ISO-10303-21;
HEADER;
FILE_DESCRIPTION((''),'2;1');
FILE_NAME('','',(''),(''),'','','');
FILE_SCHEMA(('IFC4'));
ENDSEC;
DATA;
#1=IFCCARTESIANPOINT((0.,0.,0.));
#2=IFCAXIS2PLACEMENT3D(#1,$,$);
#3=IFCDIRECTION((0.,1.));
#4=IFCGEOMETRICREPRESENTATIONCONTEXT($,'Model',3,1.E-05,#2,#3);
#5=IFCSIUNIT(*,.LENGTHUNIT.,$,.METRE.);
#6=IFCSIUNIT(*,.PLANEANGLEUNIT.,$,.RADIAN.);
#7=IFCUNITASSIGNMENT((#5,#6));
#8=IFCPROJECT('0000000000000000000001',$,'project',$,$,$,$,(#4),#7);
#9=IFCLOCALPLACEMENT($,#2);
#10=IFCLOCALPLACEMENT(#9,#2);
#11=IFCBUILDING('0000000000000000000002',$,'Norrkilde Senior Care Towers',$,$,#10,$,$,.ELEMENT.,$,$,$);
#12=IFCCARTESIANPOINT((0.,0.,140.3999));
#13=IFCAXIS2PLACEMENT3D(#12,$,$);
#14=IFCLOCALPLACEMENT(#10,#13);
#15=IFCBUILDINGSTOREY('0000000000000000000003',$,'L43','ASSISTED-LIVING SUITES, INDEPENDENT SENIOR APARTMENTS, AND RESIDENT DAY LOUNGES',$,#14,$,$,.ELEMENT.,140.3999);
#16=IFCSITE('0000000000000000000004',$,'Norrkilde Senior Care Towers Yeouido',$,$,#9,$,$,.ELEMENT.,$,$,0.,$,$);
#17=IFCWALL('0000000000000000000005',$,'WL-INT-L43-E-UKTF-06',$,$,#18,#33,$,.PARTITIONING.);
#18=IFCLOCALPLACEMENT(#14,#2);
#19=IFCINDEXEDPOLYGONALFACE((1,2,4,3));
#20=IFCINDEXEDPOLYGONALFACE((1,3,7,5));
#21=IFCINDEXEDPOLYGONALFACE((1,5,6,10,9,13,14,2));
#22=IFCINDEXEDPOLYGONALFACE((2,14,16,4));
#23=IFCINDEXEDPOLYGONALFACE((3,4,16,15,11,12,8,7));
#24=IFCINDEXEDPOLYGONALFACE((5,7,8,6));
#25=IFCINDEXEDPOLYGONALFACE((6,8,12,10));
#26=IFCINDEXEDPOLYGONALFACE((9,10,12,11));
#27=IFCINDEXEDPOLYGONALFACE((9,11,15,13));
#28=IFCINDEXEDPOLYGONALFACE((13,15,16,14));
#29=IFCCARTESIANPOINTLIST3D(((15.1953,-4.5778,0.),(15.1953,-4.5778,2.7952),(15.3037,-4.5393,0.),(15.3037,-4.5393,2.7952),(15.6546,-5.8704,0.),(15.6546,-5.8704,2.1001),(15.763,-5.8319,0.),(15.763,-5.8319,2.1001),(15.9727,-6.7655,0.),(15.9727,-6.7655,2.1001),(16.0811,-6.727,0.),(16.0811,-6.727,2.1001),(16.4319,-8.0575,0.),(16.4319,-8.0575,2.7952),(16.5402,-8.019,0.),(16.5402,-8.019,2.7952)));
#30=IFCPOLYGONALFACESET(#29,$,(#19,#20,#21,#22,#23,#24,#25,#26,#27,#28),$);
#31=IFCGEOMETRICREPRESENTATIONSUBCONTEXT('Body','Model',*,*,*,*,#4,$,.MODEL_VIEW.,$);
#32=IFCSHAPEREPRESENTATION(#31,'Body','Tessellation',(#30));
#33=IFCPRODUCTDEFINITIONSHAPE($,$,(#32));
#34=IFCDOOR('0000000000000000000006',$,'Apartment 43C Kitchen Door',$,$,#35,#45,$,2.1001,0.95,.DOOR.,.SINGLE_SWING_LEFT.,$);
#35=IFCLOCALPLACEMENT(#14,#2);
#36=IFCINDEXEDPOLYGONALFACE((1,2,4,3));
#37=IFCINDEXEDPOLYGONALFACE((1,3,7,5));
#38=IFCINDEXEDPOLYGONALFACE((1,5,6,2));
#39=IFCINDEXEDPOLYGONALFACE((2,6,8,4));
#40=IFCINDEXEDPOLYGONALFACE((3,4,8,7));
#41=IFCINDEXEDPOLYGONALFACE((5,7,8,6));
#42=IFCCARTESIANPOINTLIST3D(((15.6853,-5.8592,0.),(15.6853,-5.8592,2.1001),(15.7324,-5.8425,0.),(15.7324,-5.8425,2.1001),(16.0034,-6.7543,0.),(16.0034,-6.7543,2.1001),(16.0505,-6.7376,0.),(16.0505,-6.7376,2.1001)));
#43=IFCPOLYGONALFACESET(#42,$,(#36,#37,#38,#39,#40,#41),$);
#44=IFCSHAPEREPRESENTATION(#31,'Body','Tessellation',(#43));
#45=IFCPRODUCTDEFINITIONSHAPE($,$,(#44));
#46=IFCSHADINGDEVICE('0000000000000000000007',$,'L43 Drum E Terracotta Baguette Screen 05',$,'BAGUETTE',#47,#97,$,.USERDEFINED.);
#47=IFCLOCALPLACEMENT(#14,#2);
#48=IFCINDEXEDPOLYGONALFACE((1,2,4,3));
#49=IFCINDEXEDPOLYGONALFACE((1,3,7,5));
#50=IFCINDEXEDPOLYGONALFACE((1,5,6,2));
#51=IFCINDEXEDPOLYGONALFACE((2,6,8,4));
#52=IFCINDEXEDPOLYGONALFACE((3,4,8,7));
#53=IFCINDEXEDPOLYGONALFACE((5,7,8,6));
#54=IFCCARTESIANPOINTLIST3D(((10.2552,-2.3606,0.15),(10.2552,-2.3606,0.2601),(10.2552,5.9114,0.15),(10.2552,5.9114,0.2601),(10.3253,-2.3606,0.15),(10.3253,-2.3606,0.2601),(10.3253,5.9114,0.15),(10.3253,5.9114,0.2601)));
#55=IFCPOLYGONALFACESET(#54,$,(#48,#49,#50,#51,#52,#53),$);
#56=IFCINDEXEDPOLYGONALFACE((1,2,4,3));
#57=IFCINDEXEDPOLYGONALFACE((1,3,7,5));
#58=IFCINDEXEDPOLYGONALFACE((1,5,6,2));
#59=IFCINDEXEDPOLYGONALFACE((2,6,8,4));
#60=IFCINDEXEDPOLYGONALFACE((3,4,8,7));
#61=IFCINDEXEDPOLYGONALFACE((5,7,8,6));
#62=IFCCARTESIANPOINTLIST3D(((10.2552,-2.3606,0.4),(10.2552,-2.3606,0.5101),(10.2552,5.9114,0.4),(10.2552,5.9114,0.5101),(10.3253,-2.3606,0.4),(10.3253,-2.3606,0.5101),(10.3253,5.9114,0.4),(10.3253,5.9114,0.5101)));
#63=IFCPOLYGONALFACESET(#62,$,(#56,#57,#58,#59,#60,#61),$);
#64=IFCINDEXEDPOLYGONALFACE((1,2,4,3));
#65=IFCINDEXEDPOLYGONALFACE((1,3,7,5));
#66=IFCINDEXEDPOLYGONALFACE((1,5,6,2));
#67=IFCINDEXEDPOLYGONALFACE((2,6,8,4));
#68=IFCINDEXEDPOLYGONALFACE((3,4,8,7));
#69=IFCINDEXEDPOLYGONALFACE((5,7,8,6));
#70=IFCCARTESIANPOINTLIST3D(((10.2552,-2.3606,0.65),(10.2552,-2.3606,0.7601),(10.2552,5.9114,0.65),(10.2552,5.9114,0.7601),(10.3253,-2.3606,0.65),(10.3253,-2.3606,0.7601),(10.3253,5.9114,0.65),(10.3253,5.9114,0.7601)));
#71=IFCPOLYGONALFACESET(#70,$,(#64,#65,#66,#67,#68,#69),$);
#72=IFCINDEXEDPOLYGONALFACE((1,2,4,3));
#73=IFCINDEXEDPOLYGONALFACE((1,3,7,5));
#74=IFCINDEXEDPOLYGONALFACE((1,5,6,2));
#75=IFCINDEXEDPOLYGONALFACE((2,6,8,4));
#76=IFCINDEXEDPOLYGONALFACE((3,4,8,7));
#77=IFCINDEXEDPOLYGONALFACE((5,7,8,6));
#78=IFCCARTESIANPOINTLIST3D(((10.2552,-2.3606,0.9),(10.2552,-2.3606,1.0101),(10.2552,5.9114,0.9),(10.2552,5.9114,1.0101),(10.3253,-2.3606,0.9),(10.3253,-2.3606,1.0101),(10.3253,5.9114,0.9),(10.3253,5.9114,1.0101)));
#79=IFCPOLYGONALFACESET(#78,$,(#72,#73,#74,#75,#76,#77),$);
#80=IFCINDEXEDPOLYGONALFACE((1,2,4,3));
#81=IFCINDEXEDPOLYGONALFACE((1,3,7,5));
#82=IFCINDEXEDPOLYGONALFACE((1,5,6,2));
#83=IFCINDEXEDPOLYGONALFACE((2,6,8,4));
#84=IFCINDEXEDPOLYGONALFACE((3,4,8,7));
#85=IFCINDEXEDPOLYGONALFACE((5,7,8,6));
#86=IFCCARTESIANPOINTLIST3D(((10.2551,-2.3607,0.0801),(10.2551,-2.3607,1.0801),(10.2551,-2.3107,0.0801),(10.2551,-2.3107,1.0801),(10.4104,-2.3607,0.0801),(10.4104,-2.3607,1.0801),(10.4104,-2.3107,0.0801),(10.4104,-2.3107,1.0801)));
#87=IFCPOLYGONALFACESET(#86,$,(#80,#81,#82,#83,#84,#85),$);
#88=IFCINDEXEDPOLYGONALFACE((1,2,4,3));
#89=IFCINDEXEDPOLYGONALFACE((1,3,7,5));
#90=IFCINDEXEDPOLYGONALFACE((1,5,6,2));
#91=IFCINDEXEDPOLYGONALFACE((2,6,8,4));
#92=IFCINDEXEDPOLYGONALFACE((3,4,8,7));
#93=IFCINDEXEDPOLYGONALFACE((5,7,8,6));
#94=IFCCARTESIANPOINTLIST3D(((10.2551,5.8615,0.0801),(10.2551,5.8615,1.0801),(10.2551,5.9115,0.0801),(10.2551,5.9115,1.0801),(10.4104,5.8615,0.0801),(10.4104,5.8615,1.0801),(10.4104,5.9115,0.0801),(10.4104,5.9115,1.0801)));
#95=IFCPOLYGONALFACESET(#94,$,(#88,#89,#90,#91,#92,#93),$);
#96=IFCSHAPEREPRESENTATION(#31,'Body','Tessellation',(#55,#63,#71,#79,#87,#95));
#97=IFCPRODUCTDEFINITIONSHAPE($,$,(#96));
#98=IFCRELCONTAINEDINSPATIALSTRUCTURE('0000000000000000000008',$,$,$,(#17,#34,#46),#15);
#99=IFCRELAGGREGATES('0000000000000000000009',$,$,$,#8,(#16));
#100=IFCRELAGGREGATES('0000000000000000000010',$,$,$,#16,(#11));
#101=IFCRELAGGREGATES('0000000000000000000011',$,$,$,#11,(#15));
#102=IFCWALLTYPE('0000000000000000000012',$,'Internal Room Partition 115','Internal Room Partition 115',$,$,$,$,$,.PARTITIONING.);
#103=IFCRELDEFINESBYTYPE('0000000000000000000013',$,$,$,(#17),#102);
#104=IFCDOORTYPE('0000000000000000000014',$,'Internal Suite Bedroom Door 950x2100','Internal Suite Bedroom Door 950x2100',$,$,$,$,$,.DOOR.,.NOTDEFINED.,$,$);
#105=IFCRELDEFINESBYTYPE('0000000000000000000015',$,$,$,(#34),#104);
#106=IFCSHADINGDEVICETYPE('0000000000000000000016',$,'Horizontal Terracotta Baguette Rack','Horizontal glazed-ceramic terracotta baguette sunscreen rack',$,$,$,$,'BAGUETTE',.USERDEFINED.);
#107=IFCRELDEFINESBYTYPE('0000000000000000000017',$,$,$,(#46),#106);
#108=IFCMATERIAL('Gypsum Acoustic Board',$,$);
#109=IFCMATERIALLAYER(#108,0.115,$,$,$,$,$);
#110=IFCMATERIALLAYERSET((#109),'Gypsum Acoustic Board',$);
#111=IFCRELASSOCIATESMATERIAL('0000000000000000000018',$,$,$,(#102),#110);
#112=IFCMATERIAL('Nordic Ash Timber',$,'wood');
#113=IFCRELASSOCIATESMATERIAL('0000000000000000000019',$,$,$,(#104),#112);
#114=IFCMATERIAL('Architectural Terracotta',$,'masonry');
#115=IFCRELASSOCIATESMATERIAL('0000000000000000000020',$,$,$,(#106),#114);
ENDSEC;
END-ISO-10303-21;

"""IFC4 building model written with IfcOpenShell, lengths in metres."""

from ifc_helpers import new_model, si_unit, direction, frame, frame_2d, origin, origin_2d, place, context, subcontext, project, spatial, rectangle, extrude, source, transform, mapped, material, layer, layer_set, type_object, type_shapes, element, fill, save


model = new_model("IFC4")

# Units and contexts
model_context = context("Model", 3, precision=1e-05, world=origin(), true_north=direction((0.0, 1.0)))
body_context = subcontext(model_context, "Body", "Model", "MODEL_VIEW")
ifc_project = project(units=[si_unit("LENGTHUNIT", "METRE"), si_unit("PLANEANGLEUNIT", "RADIAN")], contexts=[model_context])

# Site, building, storey
site_placement = place(None, origin())
site = spatial("IfcSite", under=ifc_project, at=site_placement, Name="Norrkilde Senior Care Towers Yeouido", CompositionType="ELEMENT", RefElevation=0.0)
building_placement = place(site_placement, origin())
building = spatial("IfcBuilding", under=site, at=building_placement, Name="Norrkilde Senior Care Towers", CompositionType="ELEMENT")
storey_placement = place(building_placement, frame((0.0, 0.0, 140.3999)))
storey = spatial("IfcBuildingStorey", under=building, at=storey_placement, Name="L43", Description="ASSISTED-LIVING SUITES, INDEPENDENT SENIOR APARTMENTS, AND RESIDENT DAY LOUNGES", CompositionType="ELEMENT", Elevation=140.3999)

# Shared definitions
ifc_material_1 = material(Name="Gypsum Acoustic Board")
ifc_material_2 = material(Name="Nordic Ash Timber", Category="wood")

# Shared definitions
ifc_layer_1 = layer(ifc_material_1, 0.115)
ifc_layer_set_1 = layer_set([ifc_layer_1], Name="Gypsum Acoustic Board")
wall_type_1 = type_object("IfcWallType", Name="Internal Room Partition 115", Description="Internal Room Partition 115", PredefinedType="PARTITIONING", material=ifc_layer_set_1)
door_type_1 = type_object("IfcDoorType", Name="Internal Suite Bedroom Door 950x2100", Description="Internal Suite Bedroom Door 950x2100", OperationType="NOTDEFINED", PredefinedType="DOOR", material=ifc_material_2)
shared_shape_1 = source(origin(), body_context, "Body", "SweptSolid", [
    extrude(rectangle(XDim=0.95, YDim=2.1001, at=frame_2d((0.4751, 1.05))), frame((0.0, 0.0249, 0.0), z_axis=(0.0, -1.0, 0.0), x_axis=(1.0, 0.0, 0.0)), (0.0, 0.0, 1.0), 0.05),
])
type_shapes(door_type_1, [shared_shape_1])

# Wall, opening, door
shared_shape_2 = source(origin(), body_context, "Body", "SweptSolid", [
    extrude(rectangle(XDim=3.6929, YDim=0.115, at=frame_2d((1.8464, 0.0))), origin(), (0.0, 0.0, 1.0), 2.7952),
])
wall_1_placement = place(storey_placement, frame((15.2495, -4.5586, 0.0), z_axis=(0.0, 0.0, 1.0), x_axis=(0.334849, -0.942272, 0.0)))
wall_1 = element("IfcWall", 1, at=wall_1_placement, inside=storey, type_object=wall_type_1, Name="WL-INT-L43-E-UKTF-06", PredefinedType="PARTITIONING", context=body_context, shape_type="MappedRepresentation", body=[
    mapped(shared_shape_2, transform((0.0, 0.0, 0.0), x_axis=(1.0, 0.0, 0.0), y_axis=(0.0, 1.0, 0.0), z_axis=(0.0, 0.0, 1.0), scale=1.0)),
])
opening_1_placement = place(wall_1_placement, frame((1.3716, 0.0, 0.0)))
opening_1 = element("IfcOpeningElement", 2, at=opening_1_placement, cuts=wall_1, PredefinedType="OPENING", context=body_context, shape_type="SweptSolid", body=[
    extrude(rectangle(XDim=0.95, YDim=2.1001, at=frame_2d((0.4751, 1.05))), frame((0.0, 0.0674, 0.0), z_axis=(0.0, -1.0, 0.0), x_axis=(1.0, 0.0, 0.0)), (0.0, 0.0, 1.0), 0.135),
])
door_1_placement = place(opening_1_placement, frame((0.95, 0.0, 0.0), z_axis=(0.0, 0.0, 1.0), x_axis=(-1.0, 0.0, 0.0)))
door_1 = element("IfcDoor", 3, at=door_1_placement, inside=storey, type_object=door_type_1, Name="Apartment 43C Kitchen Door", OperationType="SINGLE_SWING_LEFT", OverallHeight=2.1001, OverallWidth=0.95, PredefinedType="DOOR", context=body_context, shape_type="MappedRepresentation", body=[
    mapped(shared_shape_1, transform((0.0, 0.0, 0.0), x_axis=(1.0, 0.0, 0.0), y_axis=(0.0, 1.0, 0.0), z_axis=(0.0, 0.0, 1.0), scale=1.0)),
])
fill(opening_1, door_1)

# Shading device
ifc_material_3 = material(Name="Architectural Terracotta", Category="masonry")
shading_device_type = type_object("IfcShadingDeviceType", Name="Horizontal Terracotta Baguette Rack", Description="Horizontal glazed-ceramic terracotta baguette sunscreen rack", ElementType="BAGUETTE", PredefinedType="USERDEFINED", material=ifc_material_3)
shared_shape_3 = source(origin(), body_context, "Body", "SweptSolid", [
    extrude(rectangle(XDim=0.0701, YDim=0.1101, at=origin_2d()), frame((0.0, 0.0901, 0.125), z_axis=(1.0, 0.0, 0.0), x_axis=(0.0, 1.0, 0.0)), (0.0, 0.0, 1.0), 8.272),
    extrude(rectangle(XDim=0.0701, YDim=0.1101, at=origin_2d()), frame((0.0, 0.0901, 0.375), z_axis=(1.0, 0.0, 0.0), x_axis=(0.0, 1.0, 0.0)), (0.0, 0.0, 1.0), 8.272),
    extrude(rectangle(XDim=0.0701, YDim=0.1101, at=origin_2d()), frame((0.0, 0.0901, 0.625), z_axis=(1.0, 0.0, 0.0), x_axis=(0.0, 1.0, 0.0)), (0.0, 0.0, 1.0), 8.272),
    extrude(rectangle(XDim=0.0701, YDim=0.1101, at=origin_2d()), frame((0.0, 0.0901, 0.875), z_axis=(1.0, 0.0, 0.0), x_axis=(0.0, 1.0, 0.0)), (0.0, 0.0, 1.0), 8.272),
    extrude(rectangle(XDim=0.05, YDim=0.1553, at=origin_2d()), frame((0.0249, 0.0476, 0.0)), (0.0, 0.0, 1.0), 1.0),
    extrude(rectangle(XDim=0.05, YDim=0.1553, at=origin_2d()), frame((8.2471, 0.0476, 0.0)), (0.0, 0.0, 1.0), 1.0),
])
type_shapes(shading_device_type, [shared_shape_3])
shading_device_placement = place(storey_placement, frame((10.3804, -2.3606, 0.0801), z_axis=(0.0, 0.0, 1.0), x_axis=(0.0, 1.0, 0.0)))
element("IfcShadingDevice", 4, at=shading_device_placement, inside=storey, type_object=shading_device_type, Name="L43 Drum E Terracotta Baguette Screen 05", ObjectType="BAGUETTE", PredefinedType="USERDEFINED", context=body_context, shape_type="MappedRepresentation", body=[
    mapped(shared_shape_3, transform((0.0, 0.0, 0.0), x_axis=(1.0, 0.0, 0.0), y_axis=(0.0, 1.0, 0.0), z_axis=(0.0, 0.0, 1.0), scale=1.0)),
])

save(model, "model.ifc")
